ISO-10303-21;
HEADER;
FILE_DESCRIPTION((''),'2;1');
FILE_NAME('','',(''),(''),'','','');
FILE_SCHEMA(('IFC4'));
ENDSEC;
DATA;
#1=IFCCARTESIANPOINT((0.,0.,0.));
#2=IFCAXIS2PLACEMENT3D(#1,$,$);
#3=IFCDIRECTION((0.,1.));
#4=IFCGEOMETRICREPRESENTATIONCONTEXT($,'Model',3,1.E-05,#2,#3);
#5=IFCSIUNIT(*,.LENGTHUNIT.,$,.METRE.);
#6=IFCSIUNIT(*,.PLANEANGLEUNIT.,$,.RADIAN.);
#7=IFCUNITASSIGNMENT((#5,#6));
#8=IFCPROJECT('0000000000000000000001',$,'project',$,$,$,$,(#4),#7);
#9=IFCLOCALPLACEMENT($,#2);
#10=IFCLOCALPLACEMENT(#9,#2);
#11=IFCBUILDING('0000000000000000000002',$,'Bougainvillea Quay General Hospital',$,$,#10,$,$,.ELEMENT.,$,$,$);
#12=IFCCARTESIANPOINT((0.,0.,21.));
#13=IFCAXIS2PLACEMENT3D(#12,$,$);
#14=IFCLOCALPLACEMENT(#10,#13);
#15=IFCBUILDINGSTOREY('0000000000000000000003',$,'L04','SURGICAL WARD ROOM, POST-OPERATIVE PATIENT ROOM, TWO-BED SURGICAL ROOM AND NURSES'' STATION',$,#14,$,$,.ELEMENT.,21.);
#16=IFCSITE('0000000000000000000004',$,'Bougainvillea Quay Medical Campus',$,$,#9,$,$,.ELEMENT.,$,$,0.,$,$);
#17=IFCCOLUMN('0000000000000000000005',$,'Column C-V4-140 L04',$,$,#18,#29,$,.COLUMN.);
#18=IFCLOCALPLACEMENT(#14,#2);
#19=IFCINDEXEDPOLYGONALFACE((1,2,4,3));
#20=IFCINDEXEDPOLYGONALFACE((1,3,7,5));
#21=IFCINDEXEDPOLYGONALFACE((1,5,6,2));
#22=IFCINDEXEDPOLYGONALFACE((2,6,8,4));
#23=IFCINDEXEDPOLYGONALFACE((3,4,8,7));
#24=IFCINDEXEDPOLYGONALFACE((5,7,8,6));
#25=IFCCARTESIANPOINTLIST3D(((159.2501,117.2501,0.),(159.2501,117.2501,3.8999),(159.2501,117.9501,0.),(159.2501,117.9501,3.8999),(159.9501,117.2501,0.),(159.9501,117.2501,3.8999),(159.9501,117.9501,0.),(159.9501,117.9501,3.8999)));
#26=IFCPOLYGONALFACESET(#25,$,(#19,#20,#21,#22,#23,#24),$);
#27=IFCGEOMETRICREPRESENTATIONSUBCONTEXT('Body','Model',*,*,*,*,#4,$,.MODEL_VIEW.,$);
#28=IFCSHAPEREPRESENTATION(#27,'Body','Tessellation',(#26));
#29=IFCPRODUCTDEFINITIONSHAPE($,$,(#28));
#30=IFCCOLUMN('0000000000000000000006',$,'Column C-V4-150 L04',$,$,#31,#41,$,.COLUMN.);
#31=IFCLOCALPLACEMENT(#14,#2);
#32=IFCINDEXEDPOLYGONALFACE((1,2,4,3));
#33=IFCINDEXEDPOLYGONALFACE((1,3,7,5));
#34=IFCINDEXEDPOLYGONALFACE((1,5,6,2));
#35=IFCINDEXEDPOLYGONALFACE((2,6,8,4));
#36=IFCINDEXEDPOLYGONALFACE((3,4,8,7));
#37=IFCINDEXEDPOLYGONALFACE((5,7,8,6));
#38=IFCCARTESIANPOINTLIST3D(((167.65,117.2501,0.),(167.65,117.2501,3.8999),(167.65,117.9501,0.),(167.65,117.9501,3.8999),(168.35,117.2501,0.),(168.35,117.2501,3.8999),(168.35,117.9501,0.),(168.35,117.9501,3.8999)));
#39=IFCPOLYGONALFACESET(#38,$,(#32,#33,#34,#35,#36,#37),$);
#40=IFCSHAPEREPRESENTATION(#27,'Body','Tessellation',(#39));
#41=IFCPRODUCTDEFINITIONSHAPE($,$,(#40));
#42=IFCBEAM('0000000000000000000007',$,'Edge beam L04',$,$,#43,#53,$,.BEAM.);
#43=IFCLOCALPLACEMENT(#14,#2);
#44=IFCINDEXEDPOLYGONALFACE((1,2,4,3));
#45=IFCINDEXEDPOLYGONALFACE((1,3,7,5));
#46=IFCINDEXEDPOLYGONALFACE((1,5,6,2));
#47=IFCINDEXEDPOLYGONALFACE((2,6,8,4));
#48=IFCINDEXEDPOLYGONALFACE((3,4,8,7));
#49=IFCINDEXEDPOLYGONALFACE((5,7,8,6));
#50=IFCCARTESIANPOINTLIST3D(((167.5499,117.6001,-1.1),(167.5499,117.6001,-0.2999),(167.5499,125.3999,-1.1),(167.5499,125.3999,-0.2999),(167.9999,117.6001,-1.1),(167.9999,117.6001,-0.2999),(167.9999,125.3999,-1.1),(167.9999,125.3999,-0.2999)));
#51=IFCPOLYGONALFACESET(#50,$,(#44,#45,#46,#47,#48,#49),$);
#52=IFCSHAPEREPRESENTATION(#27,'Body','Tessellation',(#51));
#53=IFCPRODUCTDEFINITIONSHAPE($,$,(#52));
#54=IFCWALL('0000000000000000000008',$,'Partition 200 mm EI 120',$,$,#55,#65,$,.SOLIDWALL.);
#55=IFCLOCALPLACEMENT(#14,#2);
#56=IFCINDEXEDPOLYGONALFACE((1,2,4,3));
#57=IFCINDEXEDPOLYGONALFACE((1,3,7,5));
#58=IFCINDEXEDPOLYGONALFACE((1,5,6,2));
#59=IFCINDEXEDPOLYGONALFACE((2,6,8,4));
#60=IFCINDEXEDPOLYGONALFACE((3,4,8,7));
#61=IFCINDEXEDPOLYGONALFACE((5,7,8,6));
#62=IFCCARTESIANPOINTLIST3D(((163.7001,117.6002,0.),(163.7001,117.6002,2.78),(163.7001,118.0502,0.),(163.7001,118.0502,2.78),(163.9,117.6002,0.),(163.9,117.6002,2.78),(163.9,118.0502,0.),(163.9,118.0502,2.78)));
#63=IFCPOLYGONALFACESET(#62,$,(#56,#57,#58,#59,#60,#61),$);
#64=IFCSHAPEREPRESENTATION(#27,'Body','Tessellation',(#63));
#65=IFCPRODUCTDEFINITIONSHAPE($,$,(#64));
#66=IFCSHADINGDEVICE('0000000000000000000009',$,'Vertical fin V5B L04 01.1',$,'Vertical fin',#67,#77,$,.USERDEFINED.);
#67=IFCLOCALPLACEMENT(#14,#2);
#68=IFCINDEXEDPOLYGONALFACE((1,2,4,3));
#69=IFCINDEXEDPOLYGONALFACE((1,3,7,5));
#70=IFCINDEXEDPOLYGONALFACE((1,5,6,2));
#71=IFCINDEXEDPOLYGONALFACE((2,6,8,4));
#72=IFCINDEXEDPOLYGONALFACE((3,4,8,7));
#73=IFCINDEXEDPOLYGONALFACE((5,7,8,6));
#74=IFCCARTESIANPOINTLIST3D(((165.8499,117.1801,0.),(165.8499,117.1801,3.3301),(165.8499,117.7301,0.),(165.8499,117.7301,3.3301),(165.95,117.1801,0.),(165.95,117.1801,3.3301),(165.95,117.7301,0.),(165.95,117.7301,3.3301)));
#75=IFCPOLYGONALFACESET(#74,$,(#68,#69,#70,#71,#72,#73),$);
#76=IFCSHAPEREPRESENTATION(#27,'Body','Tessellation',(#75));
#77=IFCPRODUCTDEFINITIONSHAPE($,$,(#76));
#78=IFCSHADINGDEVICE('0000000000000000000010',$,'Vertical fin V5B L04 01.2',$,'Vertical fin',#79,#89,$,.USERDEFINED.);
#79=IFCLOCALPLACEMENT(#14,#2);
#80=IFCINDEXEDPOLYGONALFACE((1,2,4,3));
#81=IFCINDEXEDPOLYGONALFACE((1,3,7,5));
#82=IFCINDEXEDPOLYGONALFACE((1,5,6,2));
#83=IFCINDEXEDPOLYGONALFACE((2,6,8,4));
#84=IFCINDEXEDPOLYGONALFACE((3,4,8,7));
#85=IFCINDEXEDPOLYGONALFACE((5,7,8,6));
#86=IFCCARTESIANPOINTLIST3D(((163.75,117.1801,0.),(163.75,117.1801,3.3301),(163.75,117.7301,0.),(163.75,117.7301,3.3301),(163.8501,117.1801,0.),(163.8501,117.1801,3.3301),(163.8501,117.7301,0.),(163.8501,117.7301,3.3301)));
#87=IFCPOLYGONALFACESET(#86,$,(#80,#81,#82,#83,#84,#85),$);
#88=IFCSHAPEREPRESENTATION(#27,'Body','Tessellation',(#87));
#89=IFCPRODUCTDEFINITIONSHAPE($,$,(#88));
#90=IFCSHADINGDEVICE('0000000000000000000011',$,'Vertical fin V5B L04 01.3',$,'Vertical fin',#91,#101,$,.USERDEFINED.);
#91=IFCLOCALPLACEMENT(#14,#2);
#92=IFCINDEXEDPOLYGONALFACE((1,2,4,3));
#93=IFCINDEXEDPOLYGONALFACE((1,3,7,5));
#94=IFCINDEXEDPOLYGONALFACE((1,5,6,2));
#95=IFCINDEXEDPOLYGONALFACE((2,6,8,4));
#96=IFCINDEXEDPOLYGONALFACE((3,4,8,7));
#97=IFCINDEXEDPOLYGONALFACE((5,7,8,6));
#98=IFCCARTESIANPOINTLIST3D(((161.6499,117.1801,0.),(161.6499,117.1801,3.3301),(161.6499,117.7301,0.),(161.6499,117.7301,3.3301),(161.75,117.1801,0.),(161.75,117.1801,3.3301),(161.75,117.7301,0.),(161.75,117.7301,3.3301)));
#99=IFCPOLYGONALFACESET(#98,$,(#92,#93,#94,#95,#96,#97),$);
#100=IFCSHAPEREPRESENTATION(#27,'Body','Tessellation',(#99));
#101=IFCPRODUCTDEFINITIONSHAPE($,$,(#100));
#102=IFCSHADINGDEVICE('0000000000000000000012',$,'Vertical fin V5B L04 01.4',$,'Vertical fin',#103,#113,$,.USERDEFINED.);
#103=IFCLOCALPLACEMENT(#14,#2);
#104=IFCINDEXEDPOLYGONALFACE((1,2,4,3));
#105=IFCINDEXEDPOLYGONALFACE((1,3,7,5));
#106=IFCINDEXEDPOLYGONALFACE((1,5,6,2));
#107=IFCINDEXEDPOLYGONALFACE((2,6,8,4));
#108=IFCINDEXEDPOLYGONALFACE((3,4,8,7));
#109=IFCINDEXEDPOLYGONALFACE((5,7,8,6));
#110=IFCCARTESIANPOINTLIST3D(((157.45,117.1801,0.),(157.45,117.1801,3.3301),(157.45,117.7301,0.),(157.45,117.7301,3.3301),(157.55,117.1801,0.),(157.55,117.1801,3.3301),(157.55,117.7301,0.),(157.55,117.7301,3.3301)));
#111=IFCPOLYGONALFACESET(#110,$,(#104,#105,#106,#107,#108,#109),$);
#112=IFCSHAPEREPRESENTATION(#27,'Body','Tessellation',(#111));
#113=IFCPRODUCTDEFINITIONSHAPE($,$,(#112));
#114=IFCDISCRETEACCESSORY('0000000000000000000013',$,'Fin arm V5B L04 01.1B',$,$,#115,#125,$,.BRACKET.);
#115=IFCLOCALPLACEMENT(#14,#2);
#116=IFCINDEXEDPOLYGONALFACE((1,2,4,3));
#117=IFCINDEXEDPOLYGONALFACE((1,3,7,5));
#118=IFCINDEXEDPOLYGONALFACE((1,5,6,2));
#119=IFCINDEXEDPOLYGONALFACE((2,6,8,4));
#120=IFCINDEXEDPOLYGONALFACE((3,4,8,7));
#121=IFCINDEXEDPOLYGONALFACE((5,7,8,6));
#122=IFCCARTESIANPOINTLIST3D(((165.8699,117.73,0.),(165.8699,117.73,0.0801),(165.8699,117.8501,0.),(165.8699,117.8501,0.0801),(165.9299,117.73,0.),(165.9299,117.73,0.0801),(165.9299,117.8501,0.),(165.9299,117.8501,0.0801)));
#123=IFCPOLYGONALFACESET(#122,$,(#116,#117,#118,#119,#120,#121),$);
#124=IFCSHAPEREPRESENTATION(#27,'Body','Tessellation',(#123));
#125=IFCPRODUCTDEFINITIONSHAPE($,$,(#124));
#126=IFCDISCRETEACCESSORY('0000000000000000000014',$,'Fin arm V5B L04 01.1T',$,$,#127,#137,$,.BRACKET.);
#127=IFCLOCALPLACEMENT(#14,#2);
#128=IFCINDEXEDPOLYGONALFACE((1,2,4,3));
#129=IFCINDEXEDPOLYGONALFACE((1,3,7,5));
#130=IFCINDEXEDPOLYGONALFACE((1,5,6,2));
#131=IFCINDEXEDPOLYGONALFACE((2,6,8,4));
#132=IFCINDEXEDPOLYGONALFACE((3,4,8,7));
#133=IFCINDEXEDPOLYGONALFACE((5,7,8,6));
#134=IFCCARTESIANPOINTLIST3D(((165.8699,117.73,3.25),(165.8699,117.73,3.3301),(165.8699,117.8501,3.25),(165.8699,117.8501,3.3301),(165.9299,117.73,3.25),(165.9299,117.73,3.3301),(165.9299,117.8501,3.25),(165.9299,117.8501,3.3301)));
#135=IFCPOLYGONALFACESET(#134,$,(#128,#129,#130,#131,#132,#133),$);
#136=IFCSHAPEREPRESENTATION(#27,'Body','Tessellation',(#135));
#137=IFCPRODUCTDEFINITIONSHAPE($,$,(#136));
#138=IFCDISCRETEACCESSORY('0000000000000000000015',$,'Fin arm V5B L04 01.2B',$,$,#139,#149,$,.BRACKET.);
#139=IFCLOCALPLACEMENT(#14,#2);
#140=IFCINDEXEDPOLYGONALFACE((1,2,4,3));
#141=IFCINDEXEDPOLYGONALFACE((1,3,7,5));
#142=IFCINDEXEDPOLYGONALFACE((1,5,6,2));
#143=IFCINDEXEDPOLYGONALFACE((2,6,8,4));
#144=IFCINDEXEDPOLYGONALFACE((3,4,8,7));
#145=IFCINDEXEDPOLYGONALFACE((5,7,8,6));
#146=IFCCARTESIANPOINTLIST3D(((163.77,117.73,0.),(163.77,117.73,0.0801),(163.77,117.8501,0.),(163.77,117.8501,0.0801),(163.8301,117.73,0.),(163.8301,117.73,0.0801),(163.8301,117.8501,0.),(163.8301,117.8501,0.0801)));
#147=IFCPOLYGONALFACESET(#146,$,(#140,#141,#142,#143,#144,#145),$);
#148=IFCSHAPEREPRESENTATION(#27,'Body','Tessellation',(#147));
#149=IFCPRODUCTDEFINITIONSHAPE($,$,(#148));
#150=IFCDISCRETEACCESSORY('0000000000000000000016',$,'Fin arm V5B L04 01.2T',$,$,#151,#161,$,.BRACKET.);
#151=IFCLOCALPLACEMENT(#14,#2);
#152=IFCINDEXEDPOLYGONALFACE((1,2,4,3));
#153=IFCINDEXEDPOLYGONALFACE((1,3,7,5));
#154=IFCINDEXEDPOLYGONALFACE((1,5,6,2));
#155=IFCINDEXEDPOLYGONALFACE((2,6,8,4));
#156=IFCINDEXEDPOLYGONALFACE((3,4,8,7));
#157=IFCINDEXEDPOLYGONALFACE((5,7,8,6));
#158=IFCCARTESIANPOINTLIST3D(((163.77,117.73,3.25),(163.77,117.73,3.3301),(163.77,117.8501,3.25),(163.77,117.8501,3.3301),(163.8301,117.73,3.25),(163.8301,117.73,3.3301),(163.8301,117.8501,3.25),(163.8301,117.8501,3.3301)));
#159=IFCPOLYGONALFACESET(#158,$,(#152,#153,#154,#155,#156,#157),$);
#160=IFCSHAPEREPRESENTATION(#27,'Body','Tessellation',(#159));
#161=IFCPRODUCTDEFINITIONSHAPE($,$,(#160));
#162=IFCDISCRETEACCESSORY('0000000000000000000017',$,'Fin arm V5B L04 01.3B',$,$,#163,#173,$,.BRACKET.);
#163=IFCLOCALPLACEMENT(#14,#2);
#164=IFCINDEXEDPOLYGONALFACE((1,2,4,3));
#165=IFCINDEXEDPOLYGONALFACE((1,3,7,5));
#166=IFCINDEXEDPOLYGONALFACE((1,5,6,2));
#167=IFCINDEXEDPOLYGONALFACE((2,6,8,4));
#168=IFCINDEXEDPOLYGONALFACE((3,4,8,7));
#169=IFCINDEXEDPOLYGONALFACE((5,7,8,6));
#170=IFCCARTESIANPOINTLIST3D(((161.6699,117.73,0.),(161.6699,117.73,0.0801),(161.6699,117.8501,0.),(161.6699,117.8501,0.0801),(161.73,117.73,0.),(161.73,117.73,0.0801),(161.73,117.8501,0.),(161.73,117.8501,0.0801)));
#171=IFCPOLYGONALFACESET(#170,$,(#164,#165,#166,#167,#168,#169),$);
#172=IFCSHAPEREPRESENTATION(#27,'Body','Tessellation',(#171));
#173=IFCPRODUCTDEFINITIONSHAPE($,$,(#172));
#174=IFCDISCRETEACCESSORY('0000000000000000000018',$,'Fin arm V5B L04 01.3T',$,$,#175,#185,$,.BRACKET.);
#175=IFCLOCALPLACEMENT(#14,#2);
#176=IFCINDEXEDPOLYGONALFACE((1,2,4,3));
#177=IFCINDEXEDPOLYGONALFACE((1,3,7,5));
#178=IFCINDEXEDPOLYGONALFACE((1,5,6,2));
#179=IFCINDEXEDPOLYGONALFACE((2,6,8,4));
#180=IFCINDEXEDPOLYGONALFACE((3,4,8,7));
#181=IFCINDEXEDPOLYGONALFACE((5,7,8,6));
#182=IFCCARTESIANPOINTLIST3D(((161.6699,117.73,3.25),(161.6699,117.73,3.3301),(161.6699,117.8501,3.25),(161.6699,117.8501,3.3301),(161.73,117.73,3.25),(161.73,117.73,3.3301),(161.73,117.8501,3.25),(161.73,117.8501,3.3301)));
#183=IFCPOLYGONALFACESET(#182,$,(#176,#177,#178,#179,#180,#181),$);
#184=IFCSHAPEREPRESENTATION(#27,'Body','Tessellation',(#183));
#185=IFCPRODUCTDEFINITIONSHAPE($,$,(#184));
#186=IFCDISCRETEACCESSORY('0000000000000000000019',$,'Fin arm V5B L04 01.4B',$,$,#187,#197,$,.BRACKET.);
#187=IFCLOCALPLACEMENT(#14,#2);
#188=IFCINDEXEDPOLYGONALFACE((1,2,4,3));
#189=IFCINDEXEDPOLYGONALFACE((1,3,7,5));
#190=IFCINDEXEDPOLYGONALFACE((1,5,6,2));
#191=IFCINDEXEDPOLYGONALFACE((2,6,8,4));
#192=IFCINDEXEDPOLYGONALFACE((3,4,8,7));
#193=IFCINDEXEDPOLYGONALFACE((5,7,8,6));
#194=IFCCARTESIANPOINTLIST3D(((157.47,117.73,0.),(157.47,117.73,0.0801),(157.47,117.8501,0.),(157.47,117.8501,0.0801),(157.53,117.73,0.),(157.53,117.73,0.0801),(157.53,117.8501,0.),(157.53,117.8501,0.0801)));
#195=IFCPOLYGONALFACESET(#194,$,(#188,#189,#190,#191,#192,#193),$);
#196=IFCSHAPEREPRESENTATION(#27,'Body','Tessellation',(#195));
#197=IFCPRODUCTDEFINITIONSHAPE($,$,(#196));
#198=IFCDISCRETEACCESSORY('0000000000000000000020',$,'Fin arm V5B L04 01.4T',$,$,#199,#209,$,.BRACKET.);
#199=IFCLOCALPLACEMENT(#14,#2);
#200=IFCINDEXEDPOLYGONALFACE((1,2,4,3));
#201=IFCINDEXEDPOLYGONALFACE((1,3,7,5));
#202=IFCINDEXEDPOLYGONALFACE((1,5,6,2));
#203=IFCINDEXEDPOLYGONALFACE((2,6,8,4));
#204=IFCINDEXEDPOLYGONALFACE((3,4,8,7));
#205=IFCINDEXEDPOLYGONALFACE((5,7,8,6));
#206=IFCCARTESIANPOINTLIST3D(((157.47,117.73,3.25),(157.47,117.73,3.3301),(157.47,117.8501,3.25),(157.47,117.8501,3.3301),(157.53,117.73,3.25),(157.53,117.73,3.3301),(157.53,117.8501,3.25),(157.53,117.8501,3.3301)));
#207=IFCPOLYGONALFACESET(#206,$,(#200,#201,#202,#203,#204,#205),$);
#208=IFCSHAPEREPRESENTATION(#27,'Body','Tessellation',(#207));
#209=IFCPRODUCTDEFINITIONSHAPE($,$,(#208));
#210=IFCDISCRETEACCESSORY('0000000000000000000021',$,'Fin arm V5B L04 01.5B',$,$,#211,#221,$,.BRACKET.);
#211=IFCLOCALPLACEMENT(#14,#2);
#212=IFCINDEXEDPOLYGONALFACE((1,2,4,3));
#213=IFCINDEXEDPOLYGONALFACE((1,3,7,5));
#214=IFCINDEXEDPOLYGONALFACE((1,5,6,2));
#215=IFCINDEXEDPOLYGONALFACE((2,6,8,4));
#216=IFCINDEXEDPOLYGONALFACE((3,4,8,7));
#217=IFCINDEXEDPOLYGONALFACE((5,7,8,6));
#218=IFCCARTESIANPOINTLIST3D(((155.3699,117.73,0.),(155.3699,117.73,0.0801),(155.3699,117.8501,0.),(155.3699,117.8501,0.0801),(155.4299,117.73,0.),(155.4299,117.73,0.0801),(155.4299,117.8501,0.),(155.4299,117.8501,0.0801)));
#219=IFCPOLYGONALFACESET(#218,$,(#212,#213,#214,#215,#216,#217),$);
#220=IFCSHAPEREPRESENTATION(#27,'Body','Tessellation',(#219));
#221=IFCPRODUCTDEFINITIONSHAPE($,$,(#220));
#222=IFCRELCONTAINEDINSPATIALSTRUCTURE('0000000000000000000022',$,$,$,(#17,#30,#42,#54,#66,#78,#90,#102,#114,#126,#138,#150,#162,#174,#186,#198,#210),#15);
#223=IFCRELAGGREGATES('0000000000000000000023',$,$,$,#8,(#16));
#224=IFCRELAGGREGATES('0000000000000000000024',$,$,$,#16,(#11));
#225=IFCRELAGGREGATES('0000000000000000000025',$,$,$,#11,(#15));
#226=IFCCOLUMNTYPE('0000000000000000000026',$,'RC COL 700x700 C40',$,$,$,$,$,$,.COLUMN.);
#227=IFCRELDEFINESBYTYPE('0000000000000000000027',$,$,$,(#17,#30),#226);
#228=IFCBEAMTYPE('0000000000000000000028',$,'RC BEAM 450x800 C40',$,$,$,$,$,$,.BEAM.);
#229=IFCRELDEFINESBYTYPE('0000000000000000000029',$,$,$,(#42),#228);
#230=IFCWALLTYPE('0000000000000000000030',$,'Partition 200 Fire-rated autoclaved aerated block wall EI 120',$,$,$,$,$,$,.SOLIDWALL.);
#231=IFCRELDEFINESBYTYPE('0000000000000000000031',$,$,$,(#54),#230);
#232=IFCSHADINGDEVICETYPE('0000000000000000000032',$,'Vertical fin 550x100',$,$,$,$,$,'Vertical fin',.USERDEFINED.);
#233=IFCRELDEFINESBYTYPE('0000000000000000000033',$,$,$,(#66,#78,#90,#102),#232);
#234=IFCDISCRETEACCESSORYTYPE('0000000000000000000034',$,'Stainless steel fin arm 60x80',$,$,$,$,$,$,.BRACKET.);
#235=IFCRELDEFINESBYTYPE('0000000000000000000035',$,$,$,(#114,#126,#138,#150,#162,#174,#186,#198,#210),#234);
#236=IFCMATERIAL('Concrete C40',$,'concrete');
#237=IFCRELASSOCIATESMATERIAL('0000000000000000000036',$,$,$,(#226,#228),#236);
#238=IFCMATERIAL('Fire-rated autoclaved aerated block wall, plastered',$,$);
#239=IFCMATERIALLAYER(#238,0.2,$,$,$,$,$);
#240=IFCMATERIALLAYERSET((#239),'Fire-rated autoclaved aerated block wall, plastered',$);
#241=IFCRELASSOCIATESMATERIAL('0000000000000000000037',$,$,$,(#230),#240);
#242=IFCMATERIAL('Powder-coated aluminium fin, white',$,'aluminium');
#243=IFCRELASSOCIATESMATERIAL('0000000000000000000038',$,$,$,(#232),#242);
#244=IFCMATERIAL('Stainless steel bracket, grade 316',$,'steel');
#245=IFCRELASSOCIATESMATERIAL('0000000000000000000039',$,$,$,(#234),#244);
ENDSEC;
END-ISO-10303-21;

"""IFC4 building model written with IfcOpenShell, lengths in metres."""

from ifc_helpers import new_model, si_unit, direction, frame, frame_2d, origin, origin_2d, place, context, subcontext, project, spatial, rectangle, extrude, material, layer, layer_set, material_profile, profile_set, type_object, element, save


model = new_model("IFC4")

# Units and contexts
model_context = context("Model", 3, precision=1e-05, world=origin(), true_north=direction((0.0, 1.0)))
body_context = subcontext(model_context, "Body", "Model", "MODEL_VIEW")
ifc_project = project(units=[si_unit("LENGTHUNIT", "METRE"), si_unit("PLANEANGLEUNIT", "RADIAN")], contexts=[model_context])

# Site, building, storey
site_placement = place(None, origin())
site = spatial("IfcSite", under=ifc_project, at=site_placement, Name="Bougainvillea Quay Medical Campus", CompositionType="ELEMENT", RefElevation=0.0)
building_placement = place(site_placement, origin())
building = spatial("IfcBuilding", under=site, at=building_placement, Name="Bougainvillea Quay General Hospital", CompositionType="ELEMENT")
storey_placement = place(building_placement, frame((0.0, 0.0, 21.0)))
storey = spatial("IfcBuildingStorey", under=building, at=storey_placement, Name="L04", Description="SURGICAL WARD ROOM, POST-OPERATIVE PATIENT ROOM, TWO-BED SURGICAL ROOM AND NURSES' STATION", CompositionType="ELEMENT", Elevation=21.0)

# Columns
ifc_material_1 = material(Name="Concrete C40", Category="concrete")
ifc_material_profile_1 = material_profile(ifc_material_1, rectangle(XDim=0.7, YDim=0.7, at=origin_2d()))
ifc_profile_set_1 = profile_set([ifc_material_profile_1], Name="Concrete C40")
column_type = type_object("IfcColumnType", Name="RC COL 700x700 C40", PredefinedType="COLUMN", material=ifc_profile_set_1)
for number, where, z_axis, x_axis, name in (
    (1, (159.6001, 117.6001, 0.0), (0.0, 0.0, 1.0), (1.0, 0.0, 0.0), "Column C-V4-140 L04"),
    (2, (168.0, 117.6001, 0.0), (0.0, 0.0, 1.0), (1.0, 0.0, 0.0), "Column C-V4-150 L04"),
):
    element("IfcColumn", number, at=place(storey_placement, frame(where, z_axis=z_axis, x_axis=x_axis)), inside=storey, type_object=column_type, Name=name, PredefinedType="COLUMN", context=body_context, shape_type="SweptSolid", body=[
        extrude(rectangle(XDim=0.7, YDim=0.7, at=origin_2d()), origin(), (0.0, 0.0, 1.0), 3.8999),
    ])

# Beam
ifc_material_profile_2 = material_profile(ifc_material_1, rectangle(XDim=0.45, YDim=0.8, at=origin_2d()))
ifc_profile_set_2 = profile_set([ifc_material_profile_2], Name="Concrete C40")
beam_type = type_object("IfcBeamType", Name="RC BEAM 450x800 C40", PredefinedType="BEAM", material=ifc_profile_set_2)
beam_placement = place(storey_placement, frame((167.7749, 117.6001, -0.7), z_axis=(0.0, 1.0, 0.0), x_axis=(-1.0, 0.0, 0.0)))
element("IfcBeam", 3, at=beam_placement, inside=storey, type_object=beam_type, Name="Edge beam L04", PredefinedType="BEAM", context=body_context, shape_type="SweptSolid", body=[
    extrude(rectangle(XDim=0.45, YDim=0.8, at=origin_2d()), origin(), (0.0, 0.0, 1.0), 7.7998),
])

# Wall
ifc_material_2 = material(Name="Fire-rated autoclaved aerated block wall, plastered")
ifc_layer = layer(ifc_material_2, 0.2)
ifc_layer_set = layer_set([ifc_layer], Name="Fire-rated autoclaved aerated block wall, plastered")
wall_type = type_object("IfcWallType", Name="Partition 200 Fire-rated autoclaved aerated block wall EI 120", PredefinedType="SOLIDWALL", material=ifc_layer_set)
wall_placement = place(storey_placement, frame((163.8, 117.6001, 0.0), z_axis=(0.0, 0.0, 1.0), x_axis=(0.0, 1.0, 0.0)))
element("IfcWall", 4, at=wall_placement, inside=storey, type_object=wall_type, Name="Partition 200 mm EI 120", PredefinedType="SOLIDWALL", context=body_context, shape_type="SweptSolid", body=[
    extrude(rectangle(XDim=0.45, YDim=0.2, at=frame_2d((0.2251, 0.0))), origin(), (0.0, 0.0, 1.0), 2.78),
])

# Shading devices
ifc_material_3 = material(Name="Powder-coated aluminium fin, white", Category="aluminium")
ifc_material_profile_3 = material_profile(ifc_material_3, rectangle(XDim=0.55, YDim=0.1001, at=origin_2d()))
ifc_profile_set_3 = profile_set([ifc_material_profile_3], Name="Powder-coated aluminium fin, white")
shading_device_type = type_object("IfcShadingDeviceType", Name="Vertical fin 550x100", ElementType="Vertical fin", PredefinedType="USERDEFINED", material=ifc_profile_set_3)
for number, where, z_axis, x_axis, name in (
    (5, (165.8999, 117.4551, 0.0), (0.0, 0.0, 1.0), (0.0, -1.0, 0.0), "Vertical fin V5B L04 01.1"),
    (6, (163.8, 117.4551, 0.0), (0.0, 0.0, 1.0), (0.0, -1.0, 0.0), "Vertical fin V5B L04 01.2"),
    (7, (161.7, 117.4551, 0.0), (0.0, 0.0, 1.0), (0.0, -1.0, 0.0), "Vertical fin V5B L04 01.3"),
    (8, (157.5, 117.4551, 0.0), (0.0, 0.0, 1.0), (0.0, -1.0, 0.0), "Vertical fin V5B L04 01.4"),
):
    element("IfcShadingDevice", number, at=place(storey_placement, frame(where, z_axis=z_axis, x_axis=x_axis)), inside=storey, type_object=shading_device_type, Name=name, ObjectType="Vertical fin", PredefinedType="USERDEFINED", context=body_context, shape_type="SweptSolid", body=[
        extrude(rectangle(XDim=0.55, YDim=0.1001, at=origin_2d()), origin(), (0.0, 0.0, 1.0), 3.3301),
    ])

# Discrete accessories
ifc_material_4 = material(Name="Stainless steel bracket, grade 316", Category="steel")
discrete_accessory_type_1 = type_object("IfcDiscreteAccessoryType", Name="Stainless steel fin arm 60x80", PredefinedType="BRACKET", material=ifc_material_4)
for number, where, z_axis, x_axis, name in (
    (9, (165.8999, 117.79, 0.0), (0.0, 0.0, 1.0), (0.0, -1.0, 0.0), "Fin arm V5B L04 01.1B"),
    (10, (165.8999, 117.79, 3.25), (0.0, 0.0, 1.0), (0.0, -1.0, 0.0), "Fin arm V5B L04 01.1T"),
    (11, (163.8, 117.79, 0.0), (0.0, 0.0, 1.0), (0.0, -1.0, 0.0), "Fin arm V5B L04 01.2B"),
    (12, (163.8, 117.79, 3.25), (0.0, 0.0, 1.0), (0.0, -1.0, 0.0), "Fin arm V5B L04 01.2T"),
    (13, (161.7, 117.79, 0.0), (0.0, 0.0, 1.0), (0.0, -1.0, 0.0), "Fin arm V5B L04 01.3B"),
    (14, (161.7, 117.79, 3.25), (0.0, 0.0, 1.0), (0.0, -1.0, 0.0), "Fin arm V5B L04 01.3T"),
    (15, (157.5, 117.79, 0.0), (0.0, 0.0, 1.0), (0.0, -1.0, 0.0), "Fin arm V5B L04 01.4B"),
    (16, (157.5, 117.79, 3.25), (0.0, 0.0, 1.0), (0.0, -1.0, 0.0), "Fin arm V5B L04 01.4T"),
    (17, (155.3999, 117.79, 0.0), (0.0, 0.0, 1.0), (0.0, -1.0, 0.0), "Fin arm V5B L04 01.5B"),
):
    element("IfcDiscreteAccessory", number, at=place(storey_placement, frame(where, z_axis=z_axis, x_axis=x_axis)), inside=storey, type_object=discrete_accessory_type_1, Name=name, PredefinedType="BRACKET", context=body_context, shape_type="SweptSolid", body=[
        extrude(rectangle(XDim=0.1201, YDim=0.0601, at=origin_2d()), origin(), (0.0, 0.0, 1.0), 0.0801),
    ])

save(model, "model.ifc")
